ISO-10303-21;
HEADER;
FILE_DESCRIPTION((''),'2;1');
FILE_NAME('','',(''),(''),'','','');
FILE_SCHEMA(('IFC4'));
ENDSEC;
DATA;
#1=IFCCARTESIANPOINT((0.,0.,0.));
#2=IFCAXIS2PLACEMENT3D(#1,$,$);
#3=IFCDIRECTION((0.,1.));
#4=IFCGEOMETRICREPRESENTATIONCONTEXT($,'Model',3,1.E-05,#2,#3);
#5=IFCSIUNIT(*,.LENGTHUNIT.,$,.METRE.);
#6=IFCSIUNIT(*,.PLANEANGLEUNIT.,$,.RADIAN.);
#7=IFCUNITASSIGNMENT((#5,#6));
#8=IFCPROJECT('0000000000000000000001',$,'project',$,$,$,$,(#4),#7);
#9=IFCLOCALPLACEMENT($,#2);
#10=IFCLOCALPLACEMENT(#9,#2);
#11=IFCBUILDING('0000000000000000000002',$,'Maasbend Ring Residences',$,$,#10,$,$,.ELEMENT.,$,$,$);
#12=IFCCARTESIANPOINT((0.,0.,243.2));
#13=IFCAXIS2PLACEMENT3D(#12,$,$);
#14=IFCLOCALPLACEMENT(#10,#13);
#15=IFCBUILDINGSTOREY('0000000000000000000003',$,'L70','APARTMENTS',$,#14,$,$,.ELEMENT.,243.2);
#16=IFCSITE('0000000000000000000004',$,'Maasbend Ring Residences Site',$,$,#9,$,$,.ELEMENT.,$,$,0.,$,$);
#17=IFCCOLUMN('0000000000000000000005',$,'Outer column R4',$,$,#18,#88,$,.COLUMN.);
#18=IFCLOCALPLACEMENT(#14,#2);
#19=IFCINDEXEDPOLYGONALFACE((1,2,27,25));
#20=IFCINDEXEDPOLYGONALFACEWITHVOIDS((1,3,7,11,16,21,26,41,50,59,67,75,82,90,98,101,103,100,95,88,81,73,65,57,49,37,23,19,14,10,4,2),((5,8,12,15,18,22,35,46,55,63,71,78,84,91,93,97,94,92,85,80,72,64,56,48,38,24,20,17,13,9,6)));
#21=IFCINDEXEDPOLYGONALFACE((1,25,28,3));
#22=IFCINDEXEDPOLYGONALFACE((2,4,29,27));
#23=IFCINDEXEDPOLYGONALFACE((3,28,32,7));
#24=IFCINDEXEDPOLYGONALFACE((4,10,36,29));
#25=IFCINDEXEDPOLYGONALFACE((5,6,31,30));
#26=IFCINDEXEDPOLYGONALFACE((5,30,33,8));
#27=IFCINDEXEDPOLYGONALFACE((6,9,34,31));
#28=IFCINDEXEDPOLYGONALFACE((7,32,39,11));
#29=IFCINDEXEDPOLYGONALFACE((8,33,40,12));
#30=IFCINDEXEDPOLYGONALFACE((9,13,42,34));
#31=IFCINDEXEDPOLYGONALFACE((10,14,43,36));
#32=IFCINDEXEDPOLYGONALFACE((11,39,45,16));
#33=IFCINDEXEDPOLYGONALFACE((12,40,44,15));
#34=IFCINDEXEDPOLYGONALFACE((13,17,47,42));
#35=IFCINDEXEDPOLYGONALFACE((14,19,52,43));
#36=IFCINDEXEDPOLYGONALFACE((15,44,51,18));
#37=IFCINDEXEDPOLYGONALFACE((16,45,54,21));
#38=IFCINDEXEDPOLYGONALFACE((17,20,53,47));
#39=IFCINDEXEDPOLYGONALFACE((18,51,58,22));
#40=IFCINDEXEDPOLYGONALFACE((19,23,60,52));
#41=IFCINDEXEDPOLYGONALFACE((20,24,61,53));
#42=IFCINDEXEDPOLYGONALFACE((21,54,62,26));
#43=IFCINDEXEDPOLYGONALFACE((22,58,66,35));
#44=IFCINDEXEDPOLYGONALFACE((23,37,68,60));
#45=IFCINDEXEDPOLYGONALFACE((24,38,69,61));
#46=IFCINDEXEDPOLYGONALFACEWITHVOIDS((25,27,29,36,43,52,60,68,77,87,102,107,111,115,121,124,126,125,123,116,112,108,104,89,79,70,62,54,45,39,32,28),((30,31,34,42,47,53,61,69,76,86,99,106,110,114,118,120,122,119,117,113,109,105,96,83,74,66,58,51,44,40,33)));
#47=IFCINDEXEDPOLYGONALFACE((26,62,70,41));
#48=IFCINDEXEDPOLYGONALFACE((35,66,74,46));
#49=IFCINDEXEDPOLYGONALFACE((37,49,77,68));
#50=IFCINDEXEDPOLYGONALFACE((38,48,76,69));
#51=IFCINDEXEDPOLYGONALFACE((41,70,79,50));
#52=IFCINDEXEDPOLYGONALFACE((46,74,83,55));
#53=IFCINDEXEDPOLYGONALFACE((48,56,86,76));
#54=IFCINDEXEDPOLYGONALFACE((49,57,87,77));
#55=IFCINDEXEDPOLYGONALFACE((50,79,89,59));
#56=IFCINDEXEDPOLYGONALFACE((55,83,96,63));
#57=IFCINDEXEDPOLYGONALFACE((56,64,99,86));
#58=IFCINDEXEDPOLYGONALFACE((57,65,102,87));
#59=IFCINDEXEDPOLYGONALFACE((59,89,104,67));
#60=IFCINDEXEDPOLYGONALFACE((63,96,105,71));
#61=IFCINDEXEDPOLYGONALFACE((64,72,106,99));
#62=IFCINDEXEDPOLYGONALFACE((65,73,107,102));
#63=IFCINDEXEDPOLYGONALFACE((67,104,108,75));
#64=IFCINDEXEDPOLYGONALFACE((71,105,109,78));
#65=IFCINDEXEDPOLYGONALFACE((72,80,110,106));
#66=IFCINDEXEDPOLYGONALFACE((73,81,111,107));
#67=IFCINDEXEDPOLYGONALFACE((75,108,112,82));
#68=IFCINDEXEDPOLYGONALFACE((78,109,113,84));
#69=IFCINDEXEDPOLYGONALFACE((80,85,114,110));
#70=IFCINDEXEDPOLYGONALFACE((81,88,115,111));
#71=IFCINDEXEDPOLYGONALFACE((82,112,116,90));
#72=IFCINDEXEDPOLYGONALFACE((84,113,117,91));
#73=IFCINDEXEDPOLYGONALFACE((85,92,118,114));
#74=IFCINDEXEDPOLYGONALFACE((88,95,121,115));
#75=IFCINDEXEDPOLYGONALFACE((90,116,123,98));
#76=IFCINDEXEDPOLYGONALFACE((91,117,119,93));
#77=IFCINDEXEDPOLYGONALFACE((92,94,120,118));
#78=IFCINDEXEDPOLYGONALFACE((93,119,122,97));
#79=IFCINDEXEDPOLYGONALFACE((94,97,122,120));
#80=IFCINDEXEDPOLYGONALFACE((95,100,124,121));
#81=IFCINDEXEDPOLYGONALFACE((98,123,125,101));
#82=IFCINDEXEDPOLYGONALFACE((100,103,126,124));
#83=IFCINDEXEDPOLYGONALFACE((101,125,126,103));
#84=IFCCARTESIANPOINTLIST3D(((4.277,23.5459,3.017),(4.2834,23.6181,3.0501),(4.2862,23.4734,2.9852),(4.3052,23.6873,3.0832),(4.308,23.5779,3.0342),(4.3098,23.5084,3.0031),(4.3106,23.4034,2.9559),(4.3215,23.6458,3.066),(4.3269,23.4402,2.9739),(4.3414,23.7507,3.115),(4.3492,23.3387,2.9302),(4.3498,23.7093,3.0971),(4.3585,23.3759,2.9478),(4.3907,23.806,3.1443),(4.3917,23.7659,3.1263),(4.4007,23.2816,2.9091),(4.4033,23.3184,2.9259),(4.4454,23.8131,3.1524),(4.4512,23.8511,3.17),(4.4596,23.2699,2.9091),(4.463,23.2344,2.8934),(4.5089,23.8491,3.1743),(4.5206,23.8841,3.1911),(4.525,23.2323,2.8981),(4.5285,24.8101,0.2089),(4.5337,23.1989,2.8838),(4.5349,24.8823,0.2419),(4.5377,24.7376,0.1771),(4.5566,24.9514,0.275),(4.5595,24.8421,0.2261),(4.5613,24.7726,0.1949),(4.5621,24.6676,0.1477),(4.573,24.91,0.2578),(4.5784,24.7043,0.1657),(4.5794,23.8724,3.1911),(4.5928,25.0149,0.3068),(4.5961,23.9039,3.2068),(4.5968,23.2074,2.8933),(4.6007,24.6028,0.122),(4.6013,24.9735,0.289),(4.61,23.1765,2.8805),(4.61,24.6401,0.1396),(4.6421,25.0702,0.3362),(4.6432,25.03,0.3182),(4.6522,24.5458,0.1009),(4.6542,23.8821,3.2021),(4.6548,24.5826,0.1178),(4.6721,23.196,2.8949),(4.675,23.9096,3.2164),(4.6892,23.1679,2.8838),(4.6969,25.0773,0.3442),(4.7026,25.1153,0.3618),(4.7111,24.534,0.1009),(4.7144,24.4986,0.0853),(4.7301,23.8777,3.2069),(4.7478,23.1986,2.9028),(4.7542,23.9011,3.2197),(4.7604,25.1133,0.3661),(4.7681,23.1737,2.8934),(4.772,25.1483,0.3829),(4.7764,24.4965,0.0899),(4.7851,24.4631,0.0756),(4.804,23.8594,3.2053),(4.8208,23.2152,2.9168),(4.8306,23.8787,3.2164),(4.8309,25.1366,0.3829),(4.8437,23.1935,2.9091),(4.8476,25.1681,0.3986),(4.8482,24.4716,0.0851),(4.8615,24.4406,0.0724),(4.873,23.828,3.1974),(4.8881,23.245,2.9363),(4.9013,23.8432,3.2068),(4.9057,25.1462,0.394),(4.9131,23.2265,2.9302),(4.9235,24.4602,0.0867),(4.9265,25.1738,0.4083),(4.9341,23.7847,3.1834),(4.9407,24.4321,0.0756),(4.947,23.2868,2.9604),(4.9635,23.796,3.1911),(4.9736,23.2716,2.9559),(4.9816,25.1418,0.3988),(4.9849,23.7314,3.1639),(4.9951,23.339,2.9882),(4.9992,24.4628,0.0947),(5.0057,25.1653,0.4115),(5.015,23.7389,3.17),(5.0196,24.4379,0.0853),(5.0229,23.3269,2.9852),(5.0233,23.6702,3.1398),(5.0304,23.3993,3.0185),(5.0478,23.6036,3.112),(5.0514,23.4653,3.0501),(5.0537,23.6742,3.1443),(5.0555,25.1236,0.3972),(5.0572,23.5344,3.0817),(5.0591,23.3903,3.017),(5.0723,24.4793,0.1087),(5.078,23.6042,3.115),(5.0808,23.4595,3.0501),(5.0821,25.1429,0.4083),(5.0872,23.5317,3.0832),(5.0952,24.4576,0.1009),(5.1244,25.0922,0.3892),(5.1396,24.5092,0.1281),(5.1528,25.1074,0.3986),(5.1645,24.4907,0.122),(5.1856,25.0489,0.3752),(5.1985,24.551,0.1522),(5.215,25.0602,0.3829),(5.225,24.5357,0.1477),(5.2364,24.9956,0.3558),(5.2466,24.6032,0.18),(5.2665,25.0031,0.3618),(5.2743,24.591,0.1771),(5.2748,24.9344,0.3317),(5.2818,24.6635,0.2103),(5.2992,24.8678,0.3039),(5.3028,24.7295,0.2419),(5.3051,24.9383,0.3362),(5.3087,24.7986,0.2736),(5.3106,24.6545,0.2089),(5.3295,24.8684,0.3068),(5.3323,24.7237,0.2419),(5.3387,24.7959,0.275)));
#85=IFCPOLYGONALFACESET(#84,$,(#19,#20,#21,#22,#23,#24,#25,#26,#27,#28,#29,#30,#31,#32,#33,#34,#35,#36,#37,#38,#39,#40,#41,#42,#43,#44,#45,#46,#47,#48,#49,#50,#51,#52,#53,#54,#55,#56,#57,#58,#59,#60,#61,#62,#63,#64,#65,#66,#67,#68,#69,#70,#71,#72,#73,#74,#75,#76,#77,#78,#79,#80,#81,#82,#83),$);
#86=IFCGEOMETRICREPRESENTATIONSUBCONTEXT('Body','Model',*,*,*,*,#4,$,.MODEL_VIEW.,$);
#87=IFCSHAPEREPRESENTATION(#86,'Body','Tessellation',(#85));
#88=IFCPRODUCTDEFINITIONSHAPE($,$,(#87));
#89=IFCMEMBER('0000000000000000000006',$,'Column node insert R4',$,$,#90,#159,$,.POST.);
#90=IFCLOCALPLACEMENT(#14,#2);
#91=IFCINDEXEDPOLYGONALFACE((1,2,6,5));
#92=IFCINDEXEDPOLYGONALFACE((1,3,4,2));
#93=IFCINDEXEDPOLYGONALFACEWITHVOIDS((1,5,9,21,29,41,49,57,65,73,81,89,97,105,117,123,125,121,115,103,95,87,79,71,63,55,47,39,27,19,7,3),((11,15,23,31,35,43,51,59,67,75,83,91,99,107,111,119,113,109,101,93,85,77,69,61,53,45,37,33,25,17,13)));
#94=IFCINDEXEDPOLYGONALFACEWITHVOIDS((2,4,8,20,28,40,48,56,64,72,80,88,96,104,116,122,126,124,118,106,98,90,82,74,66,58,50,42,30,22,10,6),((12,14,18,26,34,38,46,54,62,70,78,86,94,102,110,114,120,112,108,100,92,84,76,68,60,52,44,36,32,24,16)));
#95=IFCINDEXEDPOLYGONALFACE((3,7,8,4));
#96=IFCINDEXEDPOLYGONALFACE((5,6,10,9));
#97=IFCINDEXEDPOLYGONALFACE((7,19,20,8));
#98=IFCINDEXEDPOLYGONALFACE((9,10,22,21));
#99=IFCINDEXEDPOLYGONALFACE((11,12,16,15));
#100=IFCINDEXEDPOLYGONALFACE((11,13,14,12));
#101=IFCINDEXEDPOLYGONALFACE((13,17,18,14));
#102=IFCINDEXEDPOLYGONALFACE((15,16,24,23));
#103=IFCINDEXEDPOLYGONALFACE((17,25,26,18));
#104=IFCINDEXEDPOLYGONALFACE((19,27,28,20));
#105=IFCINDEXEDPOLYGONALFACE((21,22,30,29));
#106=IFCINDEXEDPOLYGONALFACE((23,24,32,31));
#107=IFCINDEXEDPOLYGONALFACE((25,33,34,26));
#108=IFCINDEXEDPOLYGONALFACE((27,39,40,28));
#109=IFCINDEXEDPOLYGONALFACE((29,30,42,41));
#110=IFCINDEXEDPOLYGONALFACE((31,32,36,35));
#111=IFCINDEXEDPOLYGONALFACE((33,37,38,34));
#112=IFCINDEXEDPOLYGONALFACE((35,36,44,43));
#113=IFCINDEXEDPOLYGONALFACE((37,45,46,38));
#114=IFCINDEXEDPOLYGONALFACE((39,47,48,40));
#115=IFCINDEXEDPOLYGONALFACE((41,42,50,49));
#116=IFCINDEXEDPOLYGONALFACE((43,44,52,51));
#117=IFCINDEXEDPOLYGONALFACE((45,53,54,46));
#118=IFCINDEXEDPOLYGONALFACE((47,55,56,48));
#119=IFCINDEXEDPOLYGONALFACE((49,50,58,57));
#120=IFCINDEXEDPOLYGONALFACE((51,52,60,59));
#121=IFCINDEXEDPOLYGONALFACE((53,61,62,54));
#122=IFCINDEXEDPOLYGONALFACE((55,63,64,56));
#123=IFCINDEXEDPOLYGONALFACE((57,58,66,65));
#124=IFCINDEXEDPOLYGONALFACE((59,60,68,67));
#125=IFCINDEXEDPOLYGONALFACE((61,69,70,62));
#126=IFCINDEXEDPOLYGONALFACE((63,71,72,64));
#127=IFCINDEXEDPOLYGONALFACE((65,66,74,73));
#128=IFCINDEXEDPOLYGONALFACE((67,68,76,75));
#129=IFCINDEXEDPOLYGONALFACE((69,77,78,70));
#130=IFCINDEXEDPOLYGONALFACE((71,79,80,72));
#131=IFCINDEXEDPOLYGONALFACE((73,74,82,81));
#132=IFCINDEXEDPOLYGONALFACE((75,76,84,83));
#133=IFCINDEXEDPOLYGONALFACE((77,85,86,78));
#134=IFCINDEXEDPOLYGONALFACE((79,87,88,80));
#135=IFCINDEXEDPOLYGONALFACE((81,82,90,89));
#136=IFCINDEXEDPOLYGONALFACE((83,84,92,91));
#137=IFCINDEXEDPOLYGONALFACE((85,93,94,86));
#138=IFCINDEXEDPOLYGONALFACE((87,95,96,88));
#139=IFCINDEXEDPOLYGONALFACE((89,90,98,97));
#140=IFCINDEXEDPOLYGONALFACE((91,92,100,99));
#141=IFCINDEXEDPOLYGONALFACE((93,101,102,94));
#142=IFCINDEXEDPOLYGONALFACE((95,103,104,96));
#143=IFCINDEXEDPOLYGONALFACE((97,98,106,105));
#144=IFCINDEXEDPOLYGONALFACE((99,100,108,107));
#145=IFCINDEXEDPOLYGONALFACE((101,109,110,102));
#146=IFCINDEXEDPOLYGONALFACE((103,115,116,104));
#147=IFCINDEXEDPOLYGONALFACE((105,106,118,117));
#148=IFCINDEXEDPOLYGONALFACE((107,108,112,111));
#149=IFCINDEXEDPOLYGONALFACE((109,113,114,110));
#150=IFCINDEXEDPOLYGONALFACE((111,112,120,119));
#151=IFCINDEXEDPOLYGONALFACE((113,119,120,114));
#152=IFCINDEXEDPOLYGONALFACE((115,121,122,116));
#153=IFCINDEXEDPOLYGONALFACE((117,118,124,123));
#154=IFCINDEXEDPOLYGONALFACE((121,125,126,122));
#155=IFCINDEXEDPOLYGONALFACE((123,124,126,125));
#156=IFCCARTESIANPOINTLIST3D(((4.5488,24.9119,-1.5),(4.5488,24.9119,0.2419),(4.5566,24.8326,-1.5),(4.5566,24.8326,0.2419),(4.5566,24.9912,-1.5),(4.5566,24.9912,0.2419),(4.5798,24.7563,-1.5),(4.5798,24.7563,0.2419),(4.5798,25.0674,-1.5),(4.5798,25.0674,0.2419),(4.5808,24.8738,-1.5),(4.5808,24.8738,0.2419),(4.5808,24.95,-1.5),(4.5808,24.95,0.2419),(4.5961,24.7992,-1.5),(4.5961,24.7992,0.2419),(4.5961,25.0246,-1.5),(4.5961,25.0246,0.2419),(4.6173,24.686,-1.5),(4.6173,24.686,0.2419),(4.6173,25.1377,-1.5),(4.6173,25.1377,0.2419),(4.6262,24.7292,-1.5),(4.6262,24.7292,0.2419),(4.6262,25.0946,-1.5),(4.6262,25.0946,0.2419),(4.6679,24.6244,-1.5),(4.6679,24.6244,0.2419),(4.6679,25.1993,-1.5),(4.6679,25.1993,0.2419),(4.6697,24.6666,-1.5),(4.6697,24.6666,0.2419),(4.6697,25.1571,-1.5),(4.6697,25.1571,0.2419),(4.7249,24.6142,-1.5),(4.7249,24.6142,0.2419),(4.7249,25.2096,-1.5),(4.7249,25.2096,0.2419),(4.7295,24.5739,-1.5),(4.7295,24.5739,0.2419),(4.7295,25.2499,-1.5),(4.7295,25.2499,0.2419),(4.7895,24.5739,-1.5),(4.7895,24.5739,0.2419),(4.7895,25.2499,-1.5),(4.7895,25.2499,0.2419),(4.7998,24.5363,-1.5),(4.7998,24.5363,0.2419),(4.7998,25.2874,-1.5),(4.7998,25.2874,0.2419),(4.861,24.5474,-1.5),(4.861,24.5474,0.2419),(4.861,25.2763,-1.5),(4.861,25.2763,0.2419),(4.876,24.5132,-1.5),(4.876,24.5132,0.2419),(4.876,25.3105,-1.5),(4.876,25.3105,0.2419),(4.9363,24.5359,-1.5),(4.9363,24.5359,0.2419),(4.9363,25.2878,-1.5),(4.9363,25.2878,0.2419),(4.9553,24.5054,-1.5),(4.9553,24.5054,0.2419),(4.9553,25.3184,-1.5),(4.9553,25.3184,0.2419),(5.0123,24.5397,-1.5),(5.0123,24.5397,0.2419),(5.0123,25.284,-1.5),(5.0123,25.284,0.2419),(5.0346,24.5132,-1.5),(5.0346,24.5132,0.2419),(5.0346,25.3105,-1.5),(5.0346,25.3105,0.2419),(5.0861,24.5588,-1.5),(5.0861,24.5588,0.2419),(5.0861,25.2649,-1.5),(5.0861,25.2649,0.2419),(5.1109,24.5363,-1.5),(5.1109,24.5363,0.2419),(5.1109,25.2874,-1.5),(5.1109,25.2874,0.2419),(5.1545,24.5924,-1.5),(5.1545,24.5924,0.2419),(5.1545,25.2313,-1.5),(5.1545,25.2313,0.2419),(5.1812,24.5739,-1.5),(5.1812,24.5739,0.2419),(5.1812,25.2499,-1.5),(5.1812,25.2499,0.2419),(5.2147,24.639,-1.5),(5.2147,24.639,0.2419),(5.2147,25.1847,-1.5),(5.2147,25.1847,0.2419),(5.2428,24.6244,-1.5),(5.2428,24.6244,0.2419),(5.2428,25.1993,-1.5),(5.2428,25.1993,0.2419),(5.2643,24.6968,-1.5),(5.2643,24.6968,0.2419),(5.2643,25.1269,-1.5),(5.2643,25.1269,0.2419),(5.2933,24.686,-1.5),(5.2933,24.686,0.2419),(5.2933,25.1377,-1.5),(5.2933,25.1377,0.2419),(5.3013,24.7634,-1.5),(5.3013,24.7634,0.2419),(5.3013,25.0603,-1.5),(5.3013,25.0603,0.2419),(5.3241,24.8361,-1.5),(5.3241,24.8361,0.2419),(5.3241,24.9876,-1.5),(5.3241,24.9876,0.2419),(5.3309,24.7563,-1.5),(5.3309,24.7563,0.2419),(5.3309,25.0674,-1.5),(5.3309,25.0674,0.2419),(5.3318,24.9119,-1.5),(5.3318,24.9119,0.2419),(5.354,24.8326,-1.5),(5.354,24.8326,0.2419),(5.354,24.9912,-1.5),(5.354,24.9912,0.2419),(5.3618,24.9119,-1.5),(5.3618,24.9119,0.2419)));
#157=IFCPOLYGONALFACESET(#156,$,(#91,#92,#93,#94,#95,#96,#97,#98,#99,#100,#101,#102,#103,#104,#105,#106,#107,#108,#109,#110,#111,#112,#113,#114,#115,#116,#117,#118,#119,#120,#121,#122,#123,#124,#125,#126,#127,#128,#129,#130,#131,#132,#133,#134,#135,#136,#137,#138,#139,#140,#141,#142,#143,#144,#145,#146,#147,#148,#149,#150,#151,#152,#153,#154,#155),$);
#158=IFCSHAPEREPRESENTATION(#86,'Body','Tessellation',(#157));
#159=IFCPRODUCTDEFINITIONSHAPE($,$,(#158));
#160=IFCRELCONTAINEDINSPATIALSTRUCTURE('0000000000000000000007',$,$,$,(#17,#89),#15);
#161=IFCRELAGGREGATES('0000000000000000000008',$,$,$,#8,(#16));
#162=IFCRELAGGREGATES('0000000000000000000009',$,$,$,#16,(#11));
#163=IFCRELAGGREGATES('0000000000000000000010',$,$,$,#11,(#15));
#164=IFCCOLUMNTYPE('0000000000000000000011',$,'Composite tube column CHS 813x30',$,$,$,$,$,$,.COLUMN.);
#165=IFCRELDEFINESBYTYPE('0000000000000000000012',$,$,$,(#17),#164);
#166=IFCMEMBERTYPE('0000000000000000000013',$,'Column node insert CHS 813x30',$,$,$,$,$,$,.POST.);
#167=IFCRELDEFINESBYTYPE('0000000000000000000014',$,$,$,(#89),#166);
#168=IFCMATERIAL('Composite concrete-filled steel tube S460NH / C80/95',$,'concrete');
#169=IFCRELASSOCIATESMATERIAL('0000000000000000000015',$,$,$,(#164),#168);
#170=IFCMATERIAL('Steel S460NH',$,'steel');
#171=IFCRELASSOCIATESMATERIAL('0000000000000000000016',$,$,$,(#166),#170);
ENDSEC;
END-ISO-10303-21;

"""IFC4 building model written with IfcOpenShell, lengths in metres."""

from ifc_helpers import new_model, si_unit, direction, frame, origin, origin_2d, place, context, subcontext, project, spatial, hollow_circle, extrude, material, material_profile, profile_set, type_object, element, save


model = new_model("IFC4")

# Units and contexts
model_context = context("Model", 3, precision=1e-05, world=origin(), true_north=direction((0.0, 1.0)))
body_context = subcontext(model_context, "Body", "Model", "MODEL_VIEW")
ifc_project = project(units=[si_unit("LENGTHUNIT", "METRE"), si_unit("PLANEANGLEUNIT", "RADIAN")], contexts=[model_context])

# Site, building, storey
site_placement = place(None, origin())
site = spatial("IfcSite", under=ifc_project, at=site_placement, Name="Maasbend Ring Residences Site", CompositionType="ELEMENT", RefElevation=0.0)
building_placement = place(site_placement, origin())
building = spatial("IfcBuilding", under=site, at=building_placement, Name="Maasbend Ring Residences", CompositionType="ELEMENT")
storey_placement = place(building_placement, frame((0.0, 0.0, 243.2)))
storey = spatial("IfcBuildingStorey", under=building, at=storey_placement, Name="L70", Description="APARTMENTS", CompositionType="ELEMENT", Elevation=243.2)

# Column
ifc_material_1 = material(Name="Composite concrete-filled steel tube S460NH / C80/95", Category="concrete")
ifc_material_profile_1 = material_profile(ifc_material_1, hollow_circle(Radius=0.4065, WallThickness=0.03, at=origin_2d()), Name="Composite tube column CHS 813x30")
ifc_profile_set_1 = profile_set([ifc_material_profile_1], Name="Composite concrete-filled steel tube S460NH / C80/95")
column_type = type_object("IfcColumnType", Name="Composite tube column CHS 813x30", PredefinedType="COLUMN", material=ifc_profile_set_1)
column_placement = place(storey_placement, frame((4.9336, 24.803, 0.2419), z_axis=(-0.081386, -0.409141, 0.908834), x_axis=(0.980784, -0.195096, 0.0)))
element("IfcColumn", 1, at=column_placement, inside=storey, type_object=column_type, Name="Outer column R4", PredefinedType="COLUMN", context=body_context, shape_type="SweptSolid", body=[
    extrude(hollow_circle(Radius=0.4065, WallThickness=0.03, at=origin_2d()), origin(), (0.0, 0.0, 1.0), 3.0898),
])

# Member
ifc_material_2 = material(Name="Steel S460NH", Category="steel")
ifc_material_profile_2 = material_profile(ifc_material_2, hollow_circle(Radius=0.4065, WallThickness=0.03, at=origin_2d()), Name="Column node insert CHS 813x30")
ifc_profile_set_2 = profile_set([ifc_material_profile_2], Name="Steel S460NH")
member_type = type_object("IfcMemberType", Name="Column node insert CHS 813x30", PredefinedType="POST", material=ifc_profile_set_2)
member_placement = place(storey_placement, frame((4.9553, 24.9119, -1.5), z_axis=(0.0, 0.0, 1.0), x_axis=(1.0, 0.0, 0.0)))
element("IfcMember", 2, at=member_placement, inside=storey, type_object=member_type, Name="Column node insert R4", PredefinedType="POST", context=body_context, shape_type="SweptSolid", body=[
    extrude(hollow_circle(Radius=0.4065, WallThickness=0.03, at=origin_2d()), origin(), (0.0, 0.0, 1.0), 1.7419),
])

save(model, "model.ifc")
